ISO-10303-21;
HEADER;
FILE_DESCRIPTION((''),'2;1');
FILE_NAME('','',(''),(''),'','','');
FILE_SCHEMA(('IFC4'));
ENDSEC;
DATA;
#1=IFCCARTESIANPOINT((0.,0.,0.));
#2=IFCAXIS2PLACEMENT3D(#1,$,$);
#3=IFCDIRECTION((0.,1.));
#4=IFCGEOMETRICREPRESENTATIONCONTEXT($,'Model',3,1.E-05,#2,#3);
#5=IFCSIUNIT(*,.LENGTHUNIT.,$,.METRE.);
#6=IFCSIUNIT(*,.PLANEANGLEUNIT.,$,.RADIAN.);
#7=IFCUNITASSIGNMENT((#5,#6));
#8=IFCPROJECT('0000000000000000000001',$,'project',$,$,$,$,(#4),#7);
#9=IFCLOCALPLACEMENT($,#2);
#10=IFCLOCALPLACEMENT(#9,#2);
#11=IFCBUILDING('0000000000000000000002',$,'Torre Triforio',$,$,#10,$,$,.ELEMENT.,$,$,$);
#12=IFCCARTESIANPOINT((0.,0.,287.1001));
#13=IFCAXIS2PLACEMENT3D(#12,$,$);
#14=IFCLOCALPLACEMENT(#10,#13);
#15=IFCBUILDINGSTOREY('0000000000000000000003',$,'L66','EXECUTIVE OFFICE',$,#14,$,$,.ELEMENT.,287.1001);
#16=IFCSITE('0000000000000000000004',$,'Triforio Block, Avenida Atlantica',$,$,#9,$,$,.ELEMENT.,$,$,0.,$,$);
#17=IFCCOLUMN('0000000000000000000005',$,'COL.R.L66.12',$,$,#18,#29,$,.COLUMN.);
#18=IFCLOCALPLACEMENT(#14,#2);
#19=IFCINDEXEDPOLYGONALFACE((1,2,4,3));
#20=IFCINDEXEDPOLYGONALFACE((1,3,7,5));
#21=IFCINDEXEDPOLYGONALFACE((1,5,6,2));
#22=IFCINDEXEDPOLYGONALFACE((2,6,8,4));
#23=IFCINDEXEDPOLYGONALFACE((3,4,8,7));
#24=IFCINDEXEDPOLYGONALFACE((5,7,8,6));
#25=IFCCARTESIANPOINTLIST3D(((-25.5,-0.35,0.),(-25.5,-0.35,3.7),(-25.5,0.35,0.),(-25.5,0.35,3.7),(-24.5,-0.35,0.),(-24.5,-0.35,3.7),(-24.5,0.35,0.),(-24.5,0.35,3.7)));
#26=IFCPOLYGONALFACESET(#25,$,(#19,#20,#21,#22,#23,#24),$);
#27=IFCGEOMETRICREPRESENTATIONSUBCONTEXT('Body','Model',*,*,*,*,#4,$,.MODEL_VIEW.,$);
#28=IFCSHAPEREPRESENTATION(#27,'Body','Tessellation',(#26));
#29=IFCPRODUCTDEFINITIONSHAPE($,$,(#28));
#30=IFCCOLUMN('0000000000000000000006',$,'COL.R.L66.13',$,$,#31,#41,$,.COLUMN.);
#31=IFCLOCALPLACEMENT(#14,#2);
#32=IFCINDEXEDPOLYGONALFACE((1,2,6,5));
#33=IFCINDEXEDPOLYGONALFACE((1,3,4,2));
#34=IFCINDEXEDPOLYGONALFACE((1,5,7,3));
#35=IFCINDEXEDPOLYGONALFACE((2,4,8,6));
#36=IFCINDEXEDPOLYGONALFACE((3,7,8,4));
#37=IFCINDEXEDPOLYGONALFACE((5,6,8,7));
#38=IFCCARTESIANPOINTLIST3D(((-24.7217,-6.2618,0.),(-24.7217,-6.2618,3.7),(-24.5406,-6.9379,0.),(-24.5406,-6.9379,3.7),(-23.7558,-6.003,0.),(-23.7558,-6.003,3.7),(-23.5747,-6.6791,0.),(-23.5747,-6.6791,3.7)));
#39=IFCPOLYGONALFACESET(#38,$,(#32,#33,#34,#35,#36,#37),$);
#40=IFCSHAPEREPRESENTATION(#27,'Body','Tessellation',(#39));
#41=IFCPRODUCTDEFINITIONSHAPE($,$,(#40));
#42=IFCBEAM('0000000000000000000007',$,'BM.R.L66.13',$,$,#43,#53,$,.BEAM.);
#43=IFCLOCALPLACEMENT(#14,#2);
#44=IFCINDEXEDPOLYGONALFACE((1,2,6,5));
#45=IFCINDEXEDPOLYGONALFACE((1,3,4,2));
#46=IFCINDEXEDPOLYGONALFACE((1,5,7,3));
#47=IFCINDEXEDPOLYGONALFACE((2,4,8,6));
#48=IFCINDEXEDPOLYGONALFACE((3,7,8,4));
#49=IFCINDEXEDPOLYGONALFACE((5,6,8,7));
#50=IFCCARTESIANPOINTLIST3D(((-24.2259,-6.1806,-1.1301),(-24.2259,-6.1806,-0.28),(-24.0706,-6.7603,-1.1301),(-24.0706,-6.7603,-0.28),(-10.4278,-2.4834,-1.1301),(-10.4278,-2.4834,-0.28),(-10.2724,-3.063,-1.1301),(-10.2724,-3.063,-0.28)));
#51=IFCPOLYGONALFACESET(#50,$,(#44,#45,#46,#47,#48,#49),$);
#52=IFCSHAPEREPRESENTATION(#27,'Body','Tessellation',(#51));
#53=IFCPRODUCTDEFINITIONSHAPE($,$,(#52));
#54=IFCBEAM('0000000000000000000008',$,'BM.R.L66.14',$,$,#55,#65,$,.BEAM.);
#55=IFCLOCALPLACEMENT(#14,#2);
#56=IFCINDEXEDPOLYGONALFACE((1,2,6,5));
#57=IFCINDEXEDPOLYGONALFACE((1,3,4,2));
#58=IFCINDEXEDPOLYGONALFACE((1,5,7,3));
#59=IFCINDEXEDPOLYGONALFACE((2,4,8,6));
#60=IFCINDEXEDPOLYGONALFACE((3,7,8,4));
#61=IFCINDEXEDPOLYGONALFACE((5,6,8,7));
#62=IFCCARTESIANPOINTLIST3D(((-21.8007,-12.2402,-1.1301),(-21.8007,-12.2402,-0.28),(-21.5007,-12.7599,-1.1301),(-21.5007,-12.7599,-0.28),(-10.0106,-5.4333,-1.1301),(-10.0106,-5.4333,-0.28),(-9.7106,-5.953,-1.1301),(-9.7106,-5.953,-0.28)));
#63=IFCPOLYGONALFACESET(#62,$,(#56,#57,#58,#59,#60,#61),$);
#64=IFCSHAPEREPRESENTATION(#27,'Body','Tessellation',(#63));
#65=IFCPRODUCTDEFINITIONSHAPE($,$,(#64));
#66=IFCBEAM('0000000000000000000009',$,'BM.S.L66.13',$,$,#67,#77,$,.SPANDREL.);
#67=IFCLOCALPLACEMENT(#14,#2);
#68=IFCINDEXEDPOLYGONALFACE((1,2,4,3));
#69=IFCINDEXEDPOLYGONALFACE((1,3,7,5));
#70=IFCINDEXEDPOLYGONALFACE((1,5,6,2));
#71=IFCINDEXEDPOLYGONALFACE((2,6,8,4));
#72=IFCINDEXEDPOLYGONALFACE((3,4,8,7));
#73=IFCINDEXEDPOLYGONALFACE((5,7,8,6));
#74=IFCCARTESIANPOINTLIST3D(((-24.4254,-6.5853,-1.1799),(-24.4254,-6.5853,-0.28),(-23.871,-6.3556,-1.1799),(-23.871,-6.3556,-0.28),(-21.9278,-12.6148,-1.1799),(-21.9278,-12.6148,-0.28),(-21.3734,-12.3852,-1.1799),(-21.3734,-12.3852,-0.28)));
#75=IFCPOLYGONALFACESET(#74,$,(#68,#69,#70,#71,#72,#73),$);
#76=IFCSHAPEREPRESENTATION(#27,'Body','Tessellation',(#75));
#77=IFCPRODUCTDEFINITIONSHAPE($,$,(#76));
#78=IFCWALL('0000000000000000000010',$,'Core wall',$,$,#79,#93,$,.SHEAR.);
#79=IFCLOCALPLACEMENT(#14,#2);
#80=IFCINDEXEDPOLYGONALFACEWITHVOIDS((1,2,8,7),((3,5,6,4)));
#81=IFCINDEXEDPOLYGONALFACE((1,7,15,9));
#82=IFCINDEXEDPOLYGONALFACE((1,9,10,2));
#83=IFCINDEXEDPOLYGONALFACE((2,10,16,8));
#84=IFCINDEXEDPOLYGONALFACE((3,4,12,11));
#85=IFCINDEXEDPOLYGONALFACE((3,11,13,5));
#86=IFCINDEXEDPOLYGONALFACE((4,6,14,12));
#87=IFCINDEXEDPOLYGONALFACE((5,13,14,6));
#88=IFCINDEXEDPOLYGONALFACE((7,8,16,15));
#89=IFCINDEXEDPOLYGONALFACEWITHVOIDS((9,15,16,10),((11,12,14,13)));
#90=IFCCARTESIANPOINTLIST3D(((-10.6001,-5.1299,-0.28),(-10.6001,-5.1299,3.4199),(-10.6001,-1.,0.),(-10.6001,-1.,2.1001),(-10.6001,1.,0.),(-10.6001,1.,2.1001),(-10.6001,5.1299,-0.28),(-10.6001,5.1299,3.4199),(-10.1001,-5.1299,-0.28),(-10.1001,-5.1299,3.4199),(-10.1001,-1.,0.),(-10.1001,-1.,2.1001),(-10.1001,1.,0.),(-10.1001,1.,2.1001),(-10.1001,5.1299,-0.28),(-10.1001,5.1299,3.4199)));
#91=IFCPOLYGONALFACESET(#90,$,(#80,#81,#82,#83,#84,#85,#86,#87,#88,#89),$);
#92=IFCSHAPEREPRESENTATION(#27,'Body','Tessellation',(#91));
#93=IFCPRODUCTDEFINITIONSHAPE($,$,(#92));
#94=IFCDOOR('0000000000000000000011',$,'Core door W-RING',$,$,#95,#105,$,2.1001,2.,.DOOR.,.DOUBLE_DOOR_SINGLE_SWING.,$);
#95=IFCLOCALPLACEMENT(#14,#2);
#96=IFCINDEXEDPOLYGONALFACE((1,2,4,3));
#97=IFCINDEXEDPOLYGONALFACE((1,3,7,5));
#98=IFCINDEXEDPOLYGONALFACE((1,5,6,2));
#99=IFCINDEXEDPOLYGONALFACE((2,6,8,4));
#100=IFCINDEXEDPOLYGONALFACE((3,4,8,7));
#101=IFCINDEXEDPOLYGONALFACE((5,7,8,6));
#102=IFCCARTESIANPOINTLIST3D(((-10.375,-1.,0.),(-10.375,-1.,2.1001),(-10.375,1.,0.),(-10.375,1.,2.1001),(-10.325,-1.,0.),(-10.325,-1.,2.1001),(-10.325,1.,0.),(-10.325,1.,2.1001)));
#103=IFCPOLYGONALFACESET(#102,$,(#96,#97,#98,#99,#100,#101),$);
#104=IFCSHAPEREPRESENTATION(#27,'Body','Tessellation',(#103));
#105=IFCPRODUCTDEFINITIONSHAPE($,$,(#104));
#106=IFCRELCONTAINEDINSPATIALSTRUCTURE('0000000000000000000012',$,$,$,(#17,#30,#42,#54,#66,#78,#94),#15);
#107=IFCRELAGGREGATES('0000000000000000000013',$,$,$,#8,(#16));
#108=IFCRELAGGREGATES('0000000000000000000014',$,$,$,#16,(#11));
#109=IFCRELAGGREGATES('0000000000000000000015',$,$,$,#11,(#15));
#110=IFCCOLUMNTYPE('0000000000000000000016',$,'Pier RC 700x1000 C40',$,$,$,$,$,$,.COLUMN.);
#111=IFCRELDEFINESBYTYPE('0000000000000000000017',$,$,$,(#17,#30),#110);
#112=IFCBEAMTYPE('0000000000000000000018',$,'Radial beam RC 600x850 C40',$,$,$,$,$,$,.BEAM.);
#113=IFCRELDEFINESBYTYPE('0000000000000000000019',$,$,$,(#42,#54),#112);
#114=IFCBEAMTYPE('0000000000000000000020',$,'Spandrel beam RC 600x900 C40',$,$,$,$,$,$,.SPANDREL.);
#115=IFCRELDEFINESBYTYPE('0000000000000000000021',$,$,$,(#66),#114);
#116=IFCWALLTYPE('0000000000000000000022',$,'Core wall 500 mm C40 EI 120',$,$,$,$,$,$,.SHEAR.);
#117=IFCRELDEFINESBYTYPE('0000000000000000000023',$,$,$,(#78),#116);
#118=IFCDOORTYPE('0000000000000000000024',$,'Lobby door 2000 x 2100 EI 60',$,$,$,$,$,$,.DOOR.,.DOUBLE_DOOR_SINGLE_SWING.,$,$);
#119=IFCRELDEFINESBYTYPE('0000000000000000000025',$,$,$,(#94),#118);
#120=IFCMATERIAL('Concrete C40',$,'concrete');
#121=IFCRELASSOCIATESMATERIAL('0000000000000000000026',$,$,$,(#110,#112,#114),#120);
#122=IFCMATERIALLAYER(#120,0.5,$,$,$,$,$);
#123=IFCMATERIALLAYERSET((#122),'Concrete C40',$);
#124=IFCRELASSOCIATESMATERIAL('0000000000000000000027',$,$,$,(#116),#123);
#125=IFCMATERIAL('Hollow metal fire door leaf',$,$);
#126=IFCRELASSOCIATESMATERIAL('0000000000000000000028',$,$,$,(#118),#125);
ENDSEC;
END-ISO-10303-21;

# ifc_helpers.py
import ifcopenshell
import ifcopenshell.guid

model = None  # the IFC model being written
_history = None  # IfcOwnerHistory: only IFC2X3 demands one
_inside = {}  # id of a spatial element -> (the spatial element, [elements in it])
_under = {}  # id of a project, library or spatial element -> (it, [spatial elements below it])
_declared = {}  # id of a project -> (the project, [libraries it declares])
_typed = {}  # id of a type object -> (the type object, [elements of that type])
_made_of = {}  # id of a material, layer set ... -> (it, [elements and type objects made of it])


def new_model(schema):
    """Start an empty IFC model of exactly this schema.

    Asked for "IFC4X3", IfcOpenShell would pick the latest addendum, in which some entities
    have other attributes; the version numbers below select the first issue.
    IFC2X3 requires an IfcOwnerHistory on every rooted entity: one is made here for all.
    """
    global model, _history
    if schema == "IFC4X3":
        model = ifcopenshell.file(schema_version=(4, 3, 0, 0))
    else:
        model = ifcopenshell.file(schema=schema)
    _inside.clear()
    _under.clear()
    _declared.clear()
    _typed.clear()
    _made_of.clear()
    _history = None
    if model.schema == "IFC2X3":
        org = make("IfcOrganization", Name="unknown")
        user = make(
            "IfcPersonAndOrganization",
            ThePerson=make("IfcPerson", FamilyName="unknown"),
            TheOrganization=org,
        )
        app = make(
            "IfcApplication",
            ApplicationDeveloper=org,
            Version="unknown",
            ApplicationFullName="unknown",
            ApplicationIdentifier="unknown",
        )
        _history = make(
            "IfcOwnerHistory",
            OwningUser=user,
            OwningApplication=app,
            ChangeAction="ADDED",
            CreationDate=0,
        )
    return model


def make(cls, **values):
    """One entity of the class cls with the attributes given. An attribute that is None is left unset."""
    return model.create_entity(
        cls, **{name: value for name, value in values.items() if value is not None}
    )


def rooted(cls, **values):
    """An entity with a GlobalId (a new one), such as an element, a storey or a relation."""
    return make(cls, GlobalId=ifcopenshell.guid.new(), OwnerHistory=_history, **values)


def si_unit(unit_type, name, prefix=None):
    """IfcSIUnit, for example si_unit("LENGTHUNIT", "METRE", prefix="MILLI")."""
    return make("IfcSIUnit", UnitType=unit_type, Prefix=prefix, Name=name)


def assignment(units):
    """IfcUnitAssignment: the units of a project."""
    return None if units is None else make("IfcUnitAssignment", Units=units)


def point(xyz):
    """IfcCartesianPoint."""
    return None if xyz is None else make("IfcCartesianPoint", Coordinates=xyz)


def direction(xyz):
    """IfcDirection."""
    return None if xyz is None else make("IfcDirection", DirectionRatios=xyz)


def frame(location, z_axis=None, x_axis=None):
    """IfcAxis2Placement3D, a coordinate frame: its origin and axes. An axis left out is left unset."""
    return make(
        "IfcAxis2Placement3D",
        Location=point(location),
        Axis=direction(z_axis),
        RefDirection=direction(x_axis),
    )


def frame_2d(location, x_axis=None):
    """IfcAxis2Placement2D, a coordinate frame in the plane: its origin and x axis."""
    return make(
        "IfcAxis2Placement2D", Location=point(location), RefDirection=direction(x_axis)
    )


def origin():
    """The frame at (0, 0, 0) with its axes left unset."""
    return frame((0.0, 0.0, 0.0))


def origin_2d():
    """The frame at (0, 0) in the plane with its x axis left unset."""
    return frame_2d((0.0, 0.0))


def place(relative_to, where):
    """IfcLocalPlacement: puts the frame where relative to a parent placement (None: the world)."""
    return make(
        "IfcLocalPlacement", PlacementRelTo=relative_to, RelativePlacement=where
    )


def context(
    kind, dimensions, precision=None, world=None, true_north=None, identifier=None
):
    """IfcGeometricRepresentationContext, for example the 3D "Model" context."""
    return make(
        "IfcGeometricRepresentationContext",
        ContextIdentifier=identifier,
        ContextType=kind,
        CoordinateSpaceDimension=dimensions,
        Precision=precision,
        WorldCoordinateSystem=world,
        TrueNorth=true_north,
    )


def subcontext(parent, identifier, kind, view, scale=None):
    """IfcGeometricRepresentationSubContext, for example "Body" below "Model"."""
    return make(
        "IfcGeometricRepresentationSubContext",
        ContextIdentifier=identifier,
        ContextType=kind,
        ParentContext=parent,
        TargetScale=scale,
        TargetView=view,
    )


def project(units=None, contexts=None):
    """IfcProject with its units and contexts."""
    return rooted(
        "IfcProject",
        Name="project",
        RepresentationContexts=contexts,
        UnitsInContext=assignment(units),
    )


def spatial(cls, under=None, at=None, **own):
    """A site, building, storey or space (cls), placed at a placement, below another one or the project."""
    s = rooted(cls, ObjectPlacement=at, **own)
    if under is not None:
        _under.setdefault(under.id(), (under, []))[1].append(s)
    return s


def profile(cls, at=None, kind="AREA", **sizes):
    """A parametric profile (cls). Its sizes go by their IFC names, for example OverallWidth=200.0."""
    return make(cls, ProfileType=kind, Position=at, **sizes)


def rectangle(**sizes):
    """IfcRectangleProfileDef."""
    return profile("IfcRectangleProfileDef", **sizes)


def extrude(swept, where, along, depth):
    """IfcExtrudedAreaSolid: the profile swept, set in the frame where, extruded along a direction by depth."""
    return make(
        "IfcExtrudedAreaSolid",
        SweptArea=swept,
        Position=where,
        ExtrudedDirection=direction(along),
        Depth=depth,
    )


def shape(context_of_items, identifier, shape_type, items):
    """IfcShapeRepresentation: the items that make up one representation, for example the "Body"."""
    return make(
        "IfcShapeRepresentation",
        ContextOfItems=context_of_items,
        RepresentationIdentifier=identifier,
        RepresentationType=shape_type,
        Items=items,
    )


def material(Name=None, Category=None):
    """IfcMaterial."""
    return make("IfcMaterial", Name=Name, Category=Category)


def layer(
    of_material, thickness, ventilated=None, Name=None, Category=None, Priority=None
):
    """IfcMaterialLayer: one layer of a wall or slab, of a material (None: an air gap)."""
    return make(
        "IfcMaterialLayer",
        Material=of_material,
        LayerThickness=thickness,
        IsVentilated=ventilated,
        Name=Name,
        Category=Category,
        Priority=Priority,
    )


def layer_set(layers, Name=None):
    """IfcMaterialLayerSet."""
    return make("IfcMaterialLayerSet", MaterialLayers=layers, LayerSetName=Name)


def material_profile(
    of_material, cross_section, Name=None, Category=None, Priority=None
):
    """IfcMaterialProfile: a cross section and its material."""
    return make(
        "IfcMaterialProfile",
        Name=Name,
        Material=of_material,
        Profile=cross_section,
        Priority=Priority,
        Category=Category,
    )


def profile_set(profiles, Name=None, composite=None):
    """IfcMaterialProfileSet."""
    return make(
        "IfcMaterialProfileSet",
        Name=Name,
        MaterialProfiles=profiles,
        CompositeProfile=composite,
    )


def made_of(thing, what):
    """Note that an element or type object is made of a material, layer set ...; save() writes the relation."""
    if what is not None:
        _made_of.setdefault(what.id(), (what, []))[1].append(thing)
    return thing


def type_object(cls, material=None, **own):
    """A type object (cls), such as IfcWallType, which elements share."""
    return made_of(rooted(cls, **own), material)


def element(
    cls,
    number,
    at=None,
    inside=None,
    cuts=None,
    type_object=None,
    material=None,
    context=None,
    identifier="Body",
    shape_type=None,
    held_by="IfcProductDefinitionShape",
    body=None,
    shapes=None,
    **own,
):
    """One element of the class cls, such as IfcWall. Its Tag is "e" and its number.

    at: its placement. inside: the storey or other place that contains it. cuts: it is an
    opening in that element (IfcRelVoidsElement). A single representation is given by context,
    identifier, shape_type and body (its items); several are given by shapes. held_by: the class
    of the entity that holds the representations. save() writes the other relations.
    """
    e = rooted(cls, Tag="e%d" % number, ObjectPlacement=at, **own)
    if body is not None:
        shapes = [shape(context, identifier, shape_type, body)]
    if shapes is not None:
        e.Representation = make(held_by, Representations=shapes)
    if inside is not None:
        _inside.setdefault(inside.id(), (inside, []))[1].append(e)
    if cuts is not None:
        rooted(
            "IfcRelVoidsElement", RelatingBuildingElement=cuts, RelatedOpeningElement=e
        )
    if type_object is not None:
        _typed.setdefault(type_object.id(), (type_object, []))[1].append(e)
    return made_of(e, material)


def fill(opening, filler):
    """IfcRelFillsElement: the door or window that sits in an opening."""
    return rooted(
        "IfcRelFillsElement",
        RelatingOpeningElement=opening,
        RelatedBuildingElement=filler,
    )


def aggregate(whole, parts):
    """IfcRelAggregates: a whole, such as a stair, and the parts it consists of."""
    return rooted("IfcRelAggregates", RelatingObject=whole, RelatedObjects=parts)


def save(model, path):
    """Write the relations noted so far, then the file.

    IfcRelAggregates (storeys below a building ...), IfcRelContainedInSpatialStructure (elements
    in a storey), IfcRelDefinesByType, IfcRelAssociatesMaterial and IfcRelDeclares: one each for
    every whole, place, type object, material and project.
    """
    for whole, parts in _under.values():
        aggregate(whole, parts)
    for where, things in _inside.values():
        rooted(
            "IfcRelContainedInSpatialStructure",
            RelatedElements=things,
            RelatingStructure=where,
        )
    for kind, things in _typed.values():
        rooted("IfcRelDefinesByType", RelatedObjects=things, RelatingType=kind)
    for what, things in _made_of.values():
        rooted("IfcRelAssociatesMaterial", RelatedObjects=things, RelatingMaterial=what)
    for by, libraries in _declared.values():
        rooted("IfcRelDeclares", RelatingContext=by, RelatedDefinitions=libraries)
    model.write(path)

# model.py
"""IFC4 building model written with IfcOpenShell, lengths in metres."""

from ifc_helpers import new_model, si_unit, direction, frame, frame_2d, origin, origin_2d, place, context, subcontext, project, spatial, rectangle, extrude, material, layer, layer_set, material_profile, profile_set, type_object, element, fill, save


model = new_model("IFC4")

# Units and contexts
model_context = context("Model", 3, precision=1e-05, world=origin(), true_north=direction((0.0, 1.0)))
body_context = subcontext(model_context, "Body", "Model", "MODEL_VIEW")
ifc_project = project(units=[si_unit("LENGTHUNIT", "METRE"), si_unit("PLANEANGLEUNIT", "RADIAN")], contexts=[model_context])

# Site, building, storey
site_placement = place(None, origin())
site = spatial("IfcSite", under=ifc_project, at=site_placement, Name="Triforio Block, Avenida Atlantica", CompositionType="ELEMENT", RefElevation=0.0)
building_placement = place(site_placement, origin())
building = spatial("IfcBuilding", under=site, at=building_placement, Name="Torre Triforio", CompositionType="ELEMENT")
storey_placement = place(building_placement, frame((0.0, 0.0, 287.1001)))
storey = spatial("IfcBuildingStorey", under=building, at=storey_placement, Name="L66", Description="EXECUTIVE OFFICE", CompositionType="ELEMENT", Elevation=287.1001)

# Columns
ifc_material_1 = material(Name="Concrete C40", Category="concrete")
ifc_material_profile_1 = material_profile(ifc_material_1, rectangle(XDim=0.7, YDim=1.0, at=origin_2d()), Name="RC 700x1000")
ifc_profile_set_1 = profile_set([ifc_material_profile_1], Name="Concrete C40")
column_type = type_object("IfcColumnType", Name="Pier RC 700x1000 C40", PredefinedType="COLUMN", material=ifc_profile_set_1)
for number, where, z_axis, x_axis, name in (
    (1, (-25.0, 0.0, 0.0), (0.0, 0.0, 1.0), (0.0, -1.0, 0.0), "COL.R.L66.12"),
    (2, (-24.1482, -6.4705, 0.0), (0.0, 0.0, 1.0), (0.258819, -0.965926, 0.0), "COL.R.L66.13"),
):
    element("IfcColumn", number, at=place(storey_placement, frame(where, z_axis=z_axis, x_axis=x_axis)), inside=storey, type_object=column_type, Name=name, PredefinedType="COLUMN", context=body_context, shape_type="SweptSolid", body=[
        extrude(rectangle(XDim=0.7, YDim=1.0, at=origin_2d()), origin(), (0.0, 0.0, 1.0), 3.7),
    ])

# Beams
ifc_material_profile_2 = material_profile(ifc_material_1, rectangle(XDim=0.6001, YDim=0.8501, at=origin_2d()), Name="RC 600x850")
ifc_profile_set_2 = profile_set([ifc_material_profile_2], Name="Concrete C40")
beam_type_1 = type_object("IfcBeamType", Name="Radial beam RC 600x850 C40", PredefinedType="BEAM", material=ifc_profile_set_2)
beam_1_placement = place(storey_placement, frame((-10.3501, -2.7732, -0.7051), z_axis=(-0.965924, -0.258824, 0.0), x_axis=(0.258824, -0.965924, 0.0)))
element("IfcBeam", 3, at=beam_1_placement, inside=storey, type_object=beam_type_1, Name="BM.R.L66.13", PredefinedType="BEAM", context=body_context, shape_type="SweptSolid", body=[
    extrude(rectangle(XDim=0.6001, YDim=0.8501, at=origin_2d()), origin(), (0.0, 0.0, 1.0), 14.2849),
])
beam_2_placement = place(storey_placement, frame((-9.8606, -5.6931, -0.7051), z_axis=(-0.866029, -0.499995, 0.0), x_axis=(0.499995, -0.866029, 0.0)))
element("IfcBeam", 4, at=beam_2_placement, inside=storey, type_object=beam_type_1, Name="BM.R.L66.14", PredefinedType="BEAM", context=body_context, shape_type="SweptSolid", body=[
    extrude(rectangle(XDim=0.6001, YDim=0.8501, at=origin_2d()), origin(), (0.0, 0.0, 1.0), 13.614),
])
ifc_material_profile_3 = material_profile(ifc_material_1, rectangle(XDim=0.6001, YDim=0.8999, at=origin_2d()), Name="RC 600x900")
ifc_profile_set_3 = profile_set([ifc_material_profile_3], Name="Concrete C40")
beam_type_2 = type_object("IfcBeamType", Name="Spandrel beam RC 600x900 C40", PredefinedType="SPANDREL", material=ifc_profile_set_3)
beam_3_placement = place(storey_placement, frame((-24.1482, -6.4705, -0.73), z_axis=(0.382689, -0.923877, 0.0), x_axis=(0.923877, 0.382689, 0.0)))
element("IfcBeam", 5, at=beam_3_placement, inside=storey, type_object=beam_type_2, Name="BM.S.L66.13", PredefinedType="SPANDREL", context=body_context, shape_type="SweptSolid", body=[
    extrude(rectangle(XDim=0.6001, YDim=0.8999, at=origin_2d()), origin(), (0.0, 0.0, 1.0), 6.5264),
])

# Wall, opening, door
ifc_layer_1 = layer(ifc_material_1, 0.5)
ifc_layer_set_1 = layer_set([ifc_layer_1], Name="Concrete C40")
wall_type_1 = type_object("IfcWallType", Name="Core wall 500 mm C40 EI 120", PredefinedType="SHEAR", material=ifc_layer_set_1)
wall_1_placement = place(storey_placement, frame((-10.3501, -5.1299, -0.28), z_axis=(0.0, 0.0, 1.0), x_axis=(0.0, 1.0, 0.0)))
wall_1 = element("IfcWall", 6, at=wall_1_placement, inside=storey, type_object=wall_type_1, Name="Core wall", PredefinedType="SHEAR", context=body_context, shape_type="SweptSolid", body=[
    extrude(rectangle(XDim=10.2598, YDim=0.5, at=frame_2d((5.1299, 0.0))), origin(), (0.0, 0.0, 1.0), 3.7),
])
opening_1_placement = place(wall_1_placement, frame((4.1299, 0.0, 0.28)))
opening_1 = element("IfcOpeningElement", 7, at=opening_1_placement, cuts=wall_1, PredefinedType="OPENING", context=body_context, shape_type="SweptSolid", body=[
    extrude(rectangle(XDim=2.0, YDim=2.1001, at=frame_2d((1.0, 1.05))), frame((0.0, 0.26, 0.0), z_axis=(0.0, -1.0, 0.0), x_axis=(1.0, 0.0, 0.0)), (0.0, 0.0, 1.0), 0.52),
])
ifc_material_2 = material(Name="Hollow metal fire door leaf")
door_type_1 = type_object("IfcDoorType", Name="Lobby door 2000 x 2100 EI 60", OperationType="DOUBLE_DOOR_SINGLE_SWING", PredefinedType="DOOR", material=ifc_material_2)
door_1_placement = place(opening_1_placement, origin())
door_1 = element("IfcDoor", 8, at=door_1_placement, inside=storey, type_object=door_type_1, Name="Core door W-RING", OperationType="DOUBLE_DOOR_SINGLE_SWING", OverallHeight=2.1001, OverallWidth=2.0, PredefinedType="DOOR", context=body_context, shape_type="SweptSolid", body=[
    extrude(rectangle(XDim=2.0, YDim=2.1001, at=frame_2d((1.0, 1.05))), frame((0.0, 0.0249, 0.0), z_axis=(0.0, -1.0, 0.0), x_axis=(1.0, 0.0, 0.0)), (0.0, 0.0, 1.0), 0.05),
])
fill(opening_1, door_1)

save(model, "model.ifc")
